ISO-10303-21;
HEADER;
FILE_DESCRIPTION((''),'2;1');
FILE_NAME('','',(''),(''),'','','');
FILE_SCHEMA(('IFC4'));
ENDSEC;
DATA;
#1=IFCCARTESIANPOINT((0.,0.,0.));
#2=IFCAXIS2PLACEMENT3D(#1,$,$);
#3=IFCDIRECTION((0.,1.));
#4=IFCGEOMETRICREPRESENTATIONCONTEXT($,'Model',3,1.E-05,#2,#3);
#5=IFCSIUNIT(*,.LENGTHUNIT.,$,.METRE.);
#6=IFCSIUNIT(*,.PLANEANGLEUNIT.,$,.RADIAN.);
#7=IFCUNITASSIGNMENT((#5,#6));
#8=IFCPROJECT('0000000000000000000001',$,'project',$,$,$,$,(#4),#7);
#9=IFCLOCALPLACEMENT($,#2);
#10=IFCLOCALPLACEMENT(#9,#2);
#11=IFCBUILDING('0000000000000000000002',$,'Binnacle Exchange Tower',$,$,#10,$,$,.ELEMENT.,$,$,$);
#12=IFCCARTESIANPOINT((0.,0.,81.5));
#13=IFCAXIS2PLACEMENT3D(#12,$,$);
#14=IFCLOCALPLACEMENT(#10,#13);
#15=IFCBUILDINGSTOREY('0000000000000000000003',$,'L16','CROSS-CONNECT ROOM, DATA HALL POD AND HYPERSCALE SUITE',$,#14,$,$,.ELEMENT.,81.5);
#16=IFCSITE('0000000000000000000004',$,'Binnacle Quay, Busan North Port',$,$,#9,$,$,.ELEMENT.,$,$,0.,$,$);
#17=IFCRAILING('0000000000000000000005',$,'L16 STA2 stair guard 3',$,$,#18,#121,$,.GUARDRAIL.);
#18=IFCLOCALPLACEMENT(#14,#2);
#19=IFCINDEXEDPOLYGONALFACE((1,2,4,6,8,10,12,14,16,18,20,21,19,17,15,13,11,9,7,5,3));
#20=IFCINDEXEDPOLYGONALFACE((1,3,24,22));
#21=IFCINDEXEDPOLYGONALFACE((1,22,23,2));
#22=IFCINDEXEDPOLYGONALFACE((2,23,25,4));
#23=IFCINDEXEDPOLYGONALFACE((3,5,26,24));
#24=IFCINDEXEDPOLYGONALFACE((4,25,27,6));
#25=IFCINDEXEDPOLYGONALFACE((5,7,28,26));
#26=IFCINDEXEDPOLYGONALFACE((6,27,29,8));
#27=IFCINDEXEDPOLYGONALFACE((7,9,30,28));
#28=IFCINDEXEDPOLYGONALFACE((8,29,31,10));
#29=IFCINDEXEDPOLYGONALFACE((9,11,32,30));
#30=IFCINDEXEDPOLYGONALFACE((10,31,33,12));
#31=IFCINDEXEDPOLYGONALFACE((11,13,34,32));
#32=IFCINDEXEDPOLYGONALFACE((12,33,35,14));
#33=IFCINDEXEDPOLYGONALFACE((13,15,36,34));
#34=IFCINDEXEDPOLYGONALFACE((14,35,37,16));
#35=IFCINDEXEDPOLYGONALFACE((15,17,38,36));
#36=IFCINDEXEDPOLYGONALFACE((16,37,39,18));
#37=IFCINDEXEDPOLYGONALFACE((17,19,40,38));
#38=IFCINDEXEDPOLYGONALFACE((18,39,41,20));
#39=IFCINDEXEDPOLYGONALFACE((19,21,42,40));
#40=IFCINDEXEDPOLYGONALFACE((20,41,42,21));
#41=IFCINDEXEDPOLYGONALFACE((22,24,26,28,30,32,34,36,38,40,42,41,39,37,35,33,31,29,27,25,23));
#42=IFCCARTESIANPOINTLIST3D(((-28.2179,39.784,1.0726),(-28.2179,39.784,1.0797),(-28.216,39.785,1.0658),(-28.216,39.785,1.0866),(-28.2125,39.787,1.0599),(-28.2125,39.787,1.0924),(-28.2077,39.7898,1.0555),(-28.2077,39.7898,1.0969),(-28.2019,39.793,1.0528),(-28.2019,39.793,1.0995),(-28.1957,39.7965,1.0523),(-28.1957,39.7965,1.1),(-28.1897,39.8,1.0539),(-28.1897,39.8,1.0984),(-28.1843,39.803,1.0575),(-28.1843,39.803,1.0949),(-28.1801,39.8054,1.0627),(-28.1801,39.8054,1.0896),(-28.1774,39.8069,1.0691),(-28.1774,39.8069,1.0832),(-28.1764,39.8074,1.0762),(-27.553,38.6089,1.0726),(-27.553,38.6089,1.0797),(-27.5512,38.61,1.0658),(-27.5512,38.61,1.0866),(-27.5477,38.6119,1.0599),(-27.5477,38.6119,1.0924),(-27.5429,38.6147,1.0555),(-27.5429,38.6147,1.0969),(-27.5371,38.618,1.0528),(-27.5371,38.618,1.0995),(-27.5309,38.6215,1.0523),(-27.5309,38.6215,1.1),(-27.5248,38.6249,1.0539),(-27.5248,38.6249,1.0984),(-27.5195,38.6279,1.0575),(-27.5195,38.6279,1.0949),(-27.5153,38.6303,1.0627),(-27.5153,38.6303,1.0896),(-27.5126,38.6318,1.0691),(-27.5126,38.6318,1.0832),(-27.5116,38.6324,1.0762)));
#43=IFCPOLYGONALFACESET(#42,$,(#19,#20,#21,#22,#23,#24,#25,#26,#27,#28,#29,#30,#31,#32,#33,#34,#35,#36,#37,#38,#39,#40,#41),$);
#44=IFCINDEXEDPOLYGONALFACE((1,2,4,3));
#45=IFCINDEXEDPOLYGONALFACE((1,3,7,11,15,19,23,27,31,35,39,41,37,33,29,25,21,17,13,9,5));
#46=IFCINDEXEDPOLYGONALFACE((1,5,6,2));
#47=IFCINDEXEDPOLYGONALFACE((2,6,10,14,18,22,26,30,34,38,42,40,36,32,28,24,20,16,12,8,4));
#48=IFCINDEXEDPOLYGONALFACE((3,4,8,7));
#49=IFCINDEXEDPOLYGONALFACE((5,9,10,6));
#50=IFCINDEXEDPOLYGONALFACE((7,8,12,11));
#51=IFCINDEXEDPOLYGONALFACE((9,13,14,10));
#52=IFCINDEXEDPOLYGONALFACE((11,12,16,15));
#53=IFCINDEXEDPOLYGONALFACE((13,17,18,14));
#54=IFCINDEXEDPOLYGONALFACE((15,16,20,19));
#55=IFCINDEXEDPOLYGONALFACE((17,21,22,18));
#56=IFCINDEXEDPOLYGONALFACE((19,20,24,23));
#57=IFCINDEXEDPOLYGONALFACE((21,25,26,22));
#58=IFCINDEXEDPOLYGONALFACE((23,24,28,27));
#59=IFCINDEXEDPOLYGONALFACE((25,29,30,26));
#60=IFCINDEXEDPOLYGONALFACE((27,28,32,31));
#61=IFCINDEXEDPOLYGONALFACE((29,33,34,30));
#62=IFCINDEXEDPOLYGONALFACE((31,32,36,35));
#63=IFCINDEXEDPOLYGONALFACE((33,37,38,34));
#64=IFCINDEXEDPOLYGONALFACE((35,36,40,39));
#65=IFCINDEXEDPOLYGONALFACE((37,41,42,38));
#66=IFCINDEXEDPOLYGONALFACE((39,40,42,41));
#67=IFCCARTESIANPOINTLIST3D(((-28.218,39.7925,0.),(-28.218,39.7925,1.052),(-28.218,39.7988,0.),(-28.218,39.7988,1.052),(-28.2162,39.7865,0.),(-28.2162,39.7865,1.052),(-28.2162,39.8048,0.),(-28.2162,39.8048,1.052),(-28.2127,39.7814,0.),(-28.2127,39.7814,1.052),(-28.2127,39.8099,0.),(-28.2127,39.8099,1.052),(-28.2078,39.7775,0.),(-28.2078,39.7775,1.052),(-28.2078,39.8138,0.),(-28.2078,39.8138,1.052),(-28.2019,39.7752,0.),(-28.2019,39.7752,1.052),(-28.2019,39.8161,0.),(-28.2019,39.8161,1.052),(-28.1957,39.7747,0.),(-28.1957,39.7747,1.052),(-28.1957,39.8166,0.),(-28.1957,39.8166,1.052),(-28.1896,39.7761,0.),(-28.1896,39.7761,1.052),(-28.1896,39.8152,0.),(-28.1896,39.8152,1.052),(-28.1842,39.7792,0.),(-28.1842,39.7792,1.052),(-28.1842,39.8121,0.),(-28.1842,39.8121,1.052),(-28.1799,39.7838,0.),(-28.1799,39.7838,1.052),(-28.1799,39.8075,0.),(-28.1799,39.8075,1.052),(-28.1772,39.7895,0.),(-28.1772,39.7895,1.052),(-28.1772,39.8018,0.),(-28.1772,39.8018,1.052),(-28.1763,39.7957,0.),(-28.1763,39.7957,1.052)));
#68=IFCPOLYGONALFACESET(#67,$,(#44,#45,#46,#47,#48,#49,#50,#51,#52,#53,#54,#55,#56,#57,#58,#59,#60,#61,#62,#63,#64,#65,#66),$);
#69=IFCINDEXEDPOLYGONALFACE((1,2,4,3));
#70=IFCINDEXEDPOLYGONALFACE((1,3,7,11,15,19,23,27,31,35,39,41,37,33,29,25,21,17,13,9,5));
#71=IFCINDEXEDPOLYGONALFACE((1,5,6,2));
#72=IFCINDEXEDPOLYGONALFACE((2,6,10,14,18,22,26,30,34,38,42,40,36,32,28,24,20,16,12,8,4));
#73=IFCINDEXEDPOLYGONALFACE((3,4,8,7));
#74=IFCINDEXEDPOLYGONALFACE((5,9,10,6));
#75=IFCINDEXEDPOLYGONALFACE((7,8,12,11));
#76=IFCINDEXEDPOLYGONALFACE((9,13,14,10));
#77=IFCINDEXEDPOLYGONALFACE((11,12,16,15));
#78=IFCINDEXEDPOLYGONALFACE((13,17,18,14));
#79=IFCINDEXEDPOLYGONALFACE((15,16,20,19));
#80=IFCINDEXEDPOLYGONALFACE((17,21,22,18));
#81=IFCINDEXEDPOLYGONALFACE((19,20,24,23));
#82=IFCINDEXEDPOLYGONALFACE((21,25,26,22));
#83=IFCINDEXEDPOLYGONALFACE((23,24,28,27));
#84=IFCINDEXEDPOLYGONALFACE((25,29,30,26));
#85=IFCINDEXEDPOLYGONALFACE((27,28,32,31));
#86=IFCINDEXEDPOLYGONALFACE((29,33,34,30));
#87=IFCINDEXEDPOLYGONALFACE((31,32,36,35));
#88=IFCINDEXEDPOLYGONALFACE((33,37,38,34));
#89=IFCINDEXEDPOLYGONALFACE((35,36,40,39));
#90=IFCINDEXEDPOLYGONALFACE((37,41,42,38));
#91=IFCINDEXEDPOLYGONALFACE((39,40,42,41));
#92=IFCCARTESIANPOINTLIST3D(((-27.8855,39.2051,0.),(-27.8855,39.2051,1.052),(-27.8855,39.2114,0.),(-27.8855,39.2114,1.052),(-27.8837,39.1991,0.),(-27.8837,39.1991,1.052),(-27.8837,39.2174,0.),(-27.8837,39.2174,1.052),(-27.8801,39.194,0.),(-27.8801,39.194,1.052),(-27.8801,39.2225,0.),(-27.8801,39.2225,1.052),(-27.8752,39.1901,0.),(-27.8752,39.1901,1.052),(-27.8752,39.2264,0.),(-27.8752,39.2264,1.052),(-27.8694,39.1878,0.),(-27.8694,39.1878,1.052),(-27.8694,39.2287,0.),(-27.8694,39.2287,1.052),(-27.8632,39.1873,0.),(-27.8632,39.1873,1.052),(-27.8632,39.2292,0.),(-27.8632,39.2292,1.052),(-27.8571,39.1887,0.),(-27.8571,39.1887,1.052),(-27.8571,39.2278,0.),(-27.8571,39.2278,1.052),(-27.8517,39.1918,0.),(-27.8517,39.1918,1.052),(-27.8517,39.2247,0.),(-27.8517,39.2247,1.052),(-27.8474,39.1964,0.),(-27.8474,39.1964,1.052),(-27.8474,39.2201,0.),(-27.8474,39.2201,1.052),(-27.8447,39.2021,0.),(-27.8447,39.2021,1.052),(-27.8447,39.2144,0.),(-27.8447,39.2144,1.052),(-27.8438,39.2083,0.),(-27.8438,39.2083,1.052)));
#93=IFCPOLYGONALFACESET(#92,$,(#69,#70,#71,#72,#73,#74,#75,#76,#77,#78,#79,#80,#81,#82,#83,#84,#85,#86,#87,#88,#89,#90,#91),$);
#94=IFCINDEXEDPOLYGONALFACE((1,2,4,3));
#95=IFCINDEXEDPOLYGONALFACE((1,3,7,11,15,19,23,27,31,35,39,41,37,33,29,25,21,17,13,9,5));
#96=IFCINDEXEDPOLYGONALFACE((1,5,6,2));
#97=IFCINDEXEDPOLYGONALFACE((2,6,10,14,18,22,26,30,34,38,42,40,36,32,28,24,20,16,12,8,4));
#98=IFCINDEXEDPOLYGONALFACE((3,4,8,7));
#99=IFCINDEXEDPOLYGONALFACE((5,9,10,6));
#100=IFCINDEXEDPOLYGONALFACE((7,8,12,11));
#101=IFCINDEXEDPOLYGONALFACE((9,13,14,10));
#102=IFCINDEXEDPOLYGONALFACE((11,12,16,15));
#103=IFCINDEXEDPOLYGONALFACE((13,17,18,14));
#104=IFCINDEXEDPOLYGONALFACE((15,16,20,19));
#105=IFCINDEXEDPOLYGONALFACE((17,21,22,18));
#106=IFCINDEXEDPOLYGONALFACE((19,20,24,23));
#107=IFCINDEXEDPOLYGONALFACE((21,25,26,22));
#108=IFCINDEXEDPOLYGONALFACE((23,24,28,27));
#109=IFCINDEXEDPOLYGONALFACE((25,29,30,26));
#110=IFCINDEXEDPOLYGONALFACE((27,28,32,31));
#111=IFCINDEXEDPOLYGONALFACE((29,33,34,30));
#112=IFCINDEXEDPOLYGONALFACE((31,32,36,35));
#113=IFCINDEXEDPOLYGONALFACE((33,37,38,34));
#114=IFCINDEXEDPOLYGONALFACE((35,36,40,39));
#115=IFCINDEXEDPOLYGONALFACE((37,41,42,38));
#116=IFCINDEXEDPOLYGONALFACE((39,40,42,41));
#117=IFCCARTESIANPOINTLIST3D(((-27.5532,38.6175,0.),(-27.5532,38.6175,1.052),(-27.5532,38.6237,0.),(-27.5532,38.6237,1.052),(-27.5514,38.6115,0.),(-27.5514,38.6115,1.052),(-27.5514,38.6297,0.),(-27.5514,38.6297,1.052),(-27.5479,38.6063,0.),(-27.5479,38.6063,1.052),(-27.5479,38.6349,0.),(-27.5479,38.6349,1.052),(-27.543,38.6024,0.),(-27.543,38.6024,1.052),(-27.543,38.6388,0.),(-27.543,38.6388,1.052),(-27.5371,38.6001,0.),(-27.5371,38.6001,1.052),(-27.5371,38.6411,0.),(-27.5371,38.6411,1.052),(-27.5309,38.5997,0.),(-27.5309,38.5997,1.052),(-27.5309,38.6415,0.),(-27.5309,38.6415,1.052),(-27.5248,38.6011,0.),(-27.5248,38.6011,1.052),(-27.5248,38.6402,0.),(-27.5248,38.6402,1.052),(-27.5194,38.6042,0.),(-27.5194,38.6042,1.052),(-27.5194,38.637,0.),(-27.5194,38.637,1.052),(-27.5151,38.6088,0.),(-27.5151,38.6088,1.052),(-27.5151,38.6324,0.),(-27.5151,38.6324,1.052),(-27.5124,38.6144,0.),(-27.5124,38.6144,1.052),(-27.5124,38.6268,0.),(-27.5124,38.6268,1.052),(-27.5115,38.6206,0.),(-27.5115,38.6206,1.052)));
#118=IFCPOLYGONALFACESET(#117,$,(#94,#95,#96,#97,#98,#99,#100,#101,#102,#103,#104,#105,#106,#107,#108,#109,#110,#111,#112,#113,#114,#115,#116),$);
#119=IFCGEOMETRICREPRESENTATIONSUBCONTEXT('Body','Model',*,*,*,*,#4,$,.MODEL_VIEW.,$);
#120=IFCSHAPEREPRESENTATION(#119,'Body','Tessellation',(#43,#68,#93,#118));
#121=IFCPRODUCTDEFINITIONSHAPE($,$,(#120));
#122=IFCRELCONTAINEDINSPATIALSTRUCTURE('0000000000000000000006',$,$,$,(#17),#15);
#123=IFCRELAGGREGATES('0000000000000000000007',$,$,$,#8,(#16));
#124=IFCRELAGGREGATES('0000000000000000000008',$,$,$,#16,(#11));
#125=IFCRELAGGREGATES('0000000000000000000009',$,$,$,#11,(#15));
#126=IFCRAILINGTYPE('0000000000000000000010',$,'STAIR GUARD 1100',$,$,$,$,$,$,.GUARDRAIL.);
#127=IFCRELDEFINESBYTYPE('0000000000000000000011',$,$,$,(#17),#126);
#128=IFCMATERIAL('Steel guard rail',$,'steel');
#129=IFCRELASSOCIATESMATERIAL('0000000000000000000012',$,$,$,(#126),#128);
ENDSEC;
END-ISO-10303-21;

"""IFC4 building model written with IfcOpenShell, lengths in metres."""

from ifc_helpers import new_model, si_unit, direction, frame, origin, origin_2d, place, context, subcontext, project, spatial, circle, extrude, material, type_object, element, save


model = new_model("IFC4")

# Units and contexts
model_context = context("Model", 3, precision=1e-05, world=origin(), true_north=direction((0.0, 1.0)))
body_context = subcontext(model_context, "Body", "Model", "MODEL_VIEW")
ifc_project = project(units=[si_unit("LENGTHUNIT", "METRE"), si_unit("PLANEANGLEUNIT", "RADIAN")], contexts=[model_context])

# Site, building, storey
site_placement = place(None, origin())
site = spatial("IfcSite", under=ifc_project, at=site_placement, Name="Binnacle Quay, Busan North Port", CompositionType="ELEMENT", RefElevation=0.0)
building_placement = place(site_placement, origin())
building = spatial("IfcBuilding", under=site, at=building_placement, Name="Binnacle Exchange Tower", CompositionType="ELEMENT")
storey_placement = place(building_placement, frame((0.0, 0.0, 81.5)))
storey = spatial("IfcBuildingStorey", under=building, at=storey_placement, Name="L16", Description="CROSS-CONNECT ROOM, DATA HALL POD AND HYPERSCALE SUITE", CompositionType="ELEMENT", Elevation=81.5)

# Railing
ifc_material_1 = material(Name="Steel guard rail", Category="steel")
railing_type_1 = type_object("IfcRailingType", Name="STAIR GUARD 1100", PredefinedType="GUARDRAIL", material=ifc_material_1)
railing_1_placement = place(storey_placement, frame((-28.1973, 39.7957, 0.0)))
element("IfcRailing", 1, at=railing_1_placement, inside=storey, type_object=railing_type_1, Name="L16 STA2 stair guard 3", PredefinedType="GUARDRAIL", context=body_context, shape_type="SweptSolid", body=[
    extrude(circle(Radius=0.0239, at=origin_2d()), frame((0.0, 0.0, 1.0762), z_axis=(0.492415, -0.870361, 0.0), x_axis=(0.870361, 0.492415, 0.0)), (0.0, 0.0, 1.0), 1.3501),
    extrude(circle(Radius=0.021, at=origin_2d()), origin(), (0.0, 0.0, 1.0), 1.052),
    extrude(circle(Radius=0.021, at=origin_2d()), frame((0.3325, -0.5874, 0.0)), (0.0, 0.0, 1.0), 1.052),
    extrude(circle(Radius=0.021, at=origin_2d()), frame((0.6648, -1.175, 0.0)), (0.0, 0.0, 1.0), 1.052),
])

save(model, "model.ifc")
